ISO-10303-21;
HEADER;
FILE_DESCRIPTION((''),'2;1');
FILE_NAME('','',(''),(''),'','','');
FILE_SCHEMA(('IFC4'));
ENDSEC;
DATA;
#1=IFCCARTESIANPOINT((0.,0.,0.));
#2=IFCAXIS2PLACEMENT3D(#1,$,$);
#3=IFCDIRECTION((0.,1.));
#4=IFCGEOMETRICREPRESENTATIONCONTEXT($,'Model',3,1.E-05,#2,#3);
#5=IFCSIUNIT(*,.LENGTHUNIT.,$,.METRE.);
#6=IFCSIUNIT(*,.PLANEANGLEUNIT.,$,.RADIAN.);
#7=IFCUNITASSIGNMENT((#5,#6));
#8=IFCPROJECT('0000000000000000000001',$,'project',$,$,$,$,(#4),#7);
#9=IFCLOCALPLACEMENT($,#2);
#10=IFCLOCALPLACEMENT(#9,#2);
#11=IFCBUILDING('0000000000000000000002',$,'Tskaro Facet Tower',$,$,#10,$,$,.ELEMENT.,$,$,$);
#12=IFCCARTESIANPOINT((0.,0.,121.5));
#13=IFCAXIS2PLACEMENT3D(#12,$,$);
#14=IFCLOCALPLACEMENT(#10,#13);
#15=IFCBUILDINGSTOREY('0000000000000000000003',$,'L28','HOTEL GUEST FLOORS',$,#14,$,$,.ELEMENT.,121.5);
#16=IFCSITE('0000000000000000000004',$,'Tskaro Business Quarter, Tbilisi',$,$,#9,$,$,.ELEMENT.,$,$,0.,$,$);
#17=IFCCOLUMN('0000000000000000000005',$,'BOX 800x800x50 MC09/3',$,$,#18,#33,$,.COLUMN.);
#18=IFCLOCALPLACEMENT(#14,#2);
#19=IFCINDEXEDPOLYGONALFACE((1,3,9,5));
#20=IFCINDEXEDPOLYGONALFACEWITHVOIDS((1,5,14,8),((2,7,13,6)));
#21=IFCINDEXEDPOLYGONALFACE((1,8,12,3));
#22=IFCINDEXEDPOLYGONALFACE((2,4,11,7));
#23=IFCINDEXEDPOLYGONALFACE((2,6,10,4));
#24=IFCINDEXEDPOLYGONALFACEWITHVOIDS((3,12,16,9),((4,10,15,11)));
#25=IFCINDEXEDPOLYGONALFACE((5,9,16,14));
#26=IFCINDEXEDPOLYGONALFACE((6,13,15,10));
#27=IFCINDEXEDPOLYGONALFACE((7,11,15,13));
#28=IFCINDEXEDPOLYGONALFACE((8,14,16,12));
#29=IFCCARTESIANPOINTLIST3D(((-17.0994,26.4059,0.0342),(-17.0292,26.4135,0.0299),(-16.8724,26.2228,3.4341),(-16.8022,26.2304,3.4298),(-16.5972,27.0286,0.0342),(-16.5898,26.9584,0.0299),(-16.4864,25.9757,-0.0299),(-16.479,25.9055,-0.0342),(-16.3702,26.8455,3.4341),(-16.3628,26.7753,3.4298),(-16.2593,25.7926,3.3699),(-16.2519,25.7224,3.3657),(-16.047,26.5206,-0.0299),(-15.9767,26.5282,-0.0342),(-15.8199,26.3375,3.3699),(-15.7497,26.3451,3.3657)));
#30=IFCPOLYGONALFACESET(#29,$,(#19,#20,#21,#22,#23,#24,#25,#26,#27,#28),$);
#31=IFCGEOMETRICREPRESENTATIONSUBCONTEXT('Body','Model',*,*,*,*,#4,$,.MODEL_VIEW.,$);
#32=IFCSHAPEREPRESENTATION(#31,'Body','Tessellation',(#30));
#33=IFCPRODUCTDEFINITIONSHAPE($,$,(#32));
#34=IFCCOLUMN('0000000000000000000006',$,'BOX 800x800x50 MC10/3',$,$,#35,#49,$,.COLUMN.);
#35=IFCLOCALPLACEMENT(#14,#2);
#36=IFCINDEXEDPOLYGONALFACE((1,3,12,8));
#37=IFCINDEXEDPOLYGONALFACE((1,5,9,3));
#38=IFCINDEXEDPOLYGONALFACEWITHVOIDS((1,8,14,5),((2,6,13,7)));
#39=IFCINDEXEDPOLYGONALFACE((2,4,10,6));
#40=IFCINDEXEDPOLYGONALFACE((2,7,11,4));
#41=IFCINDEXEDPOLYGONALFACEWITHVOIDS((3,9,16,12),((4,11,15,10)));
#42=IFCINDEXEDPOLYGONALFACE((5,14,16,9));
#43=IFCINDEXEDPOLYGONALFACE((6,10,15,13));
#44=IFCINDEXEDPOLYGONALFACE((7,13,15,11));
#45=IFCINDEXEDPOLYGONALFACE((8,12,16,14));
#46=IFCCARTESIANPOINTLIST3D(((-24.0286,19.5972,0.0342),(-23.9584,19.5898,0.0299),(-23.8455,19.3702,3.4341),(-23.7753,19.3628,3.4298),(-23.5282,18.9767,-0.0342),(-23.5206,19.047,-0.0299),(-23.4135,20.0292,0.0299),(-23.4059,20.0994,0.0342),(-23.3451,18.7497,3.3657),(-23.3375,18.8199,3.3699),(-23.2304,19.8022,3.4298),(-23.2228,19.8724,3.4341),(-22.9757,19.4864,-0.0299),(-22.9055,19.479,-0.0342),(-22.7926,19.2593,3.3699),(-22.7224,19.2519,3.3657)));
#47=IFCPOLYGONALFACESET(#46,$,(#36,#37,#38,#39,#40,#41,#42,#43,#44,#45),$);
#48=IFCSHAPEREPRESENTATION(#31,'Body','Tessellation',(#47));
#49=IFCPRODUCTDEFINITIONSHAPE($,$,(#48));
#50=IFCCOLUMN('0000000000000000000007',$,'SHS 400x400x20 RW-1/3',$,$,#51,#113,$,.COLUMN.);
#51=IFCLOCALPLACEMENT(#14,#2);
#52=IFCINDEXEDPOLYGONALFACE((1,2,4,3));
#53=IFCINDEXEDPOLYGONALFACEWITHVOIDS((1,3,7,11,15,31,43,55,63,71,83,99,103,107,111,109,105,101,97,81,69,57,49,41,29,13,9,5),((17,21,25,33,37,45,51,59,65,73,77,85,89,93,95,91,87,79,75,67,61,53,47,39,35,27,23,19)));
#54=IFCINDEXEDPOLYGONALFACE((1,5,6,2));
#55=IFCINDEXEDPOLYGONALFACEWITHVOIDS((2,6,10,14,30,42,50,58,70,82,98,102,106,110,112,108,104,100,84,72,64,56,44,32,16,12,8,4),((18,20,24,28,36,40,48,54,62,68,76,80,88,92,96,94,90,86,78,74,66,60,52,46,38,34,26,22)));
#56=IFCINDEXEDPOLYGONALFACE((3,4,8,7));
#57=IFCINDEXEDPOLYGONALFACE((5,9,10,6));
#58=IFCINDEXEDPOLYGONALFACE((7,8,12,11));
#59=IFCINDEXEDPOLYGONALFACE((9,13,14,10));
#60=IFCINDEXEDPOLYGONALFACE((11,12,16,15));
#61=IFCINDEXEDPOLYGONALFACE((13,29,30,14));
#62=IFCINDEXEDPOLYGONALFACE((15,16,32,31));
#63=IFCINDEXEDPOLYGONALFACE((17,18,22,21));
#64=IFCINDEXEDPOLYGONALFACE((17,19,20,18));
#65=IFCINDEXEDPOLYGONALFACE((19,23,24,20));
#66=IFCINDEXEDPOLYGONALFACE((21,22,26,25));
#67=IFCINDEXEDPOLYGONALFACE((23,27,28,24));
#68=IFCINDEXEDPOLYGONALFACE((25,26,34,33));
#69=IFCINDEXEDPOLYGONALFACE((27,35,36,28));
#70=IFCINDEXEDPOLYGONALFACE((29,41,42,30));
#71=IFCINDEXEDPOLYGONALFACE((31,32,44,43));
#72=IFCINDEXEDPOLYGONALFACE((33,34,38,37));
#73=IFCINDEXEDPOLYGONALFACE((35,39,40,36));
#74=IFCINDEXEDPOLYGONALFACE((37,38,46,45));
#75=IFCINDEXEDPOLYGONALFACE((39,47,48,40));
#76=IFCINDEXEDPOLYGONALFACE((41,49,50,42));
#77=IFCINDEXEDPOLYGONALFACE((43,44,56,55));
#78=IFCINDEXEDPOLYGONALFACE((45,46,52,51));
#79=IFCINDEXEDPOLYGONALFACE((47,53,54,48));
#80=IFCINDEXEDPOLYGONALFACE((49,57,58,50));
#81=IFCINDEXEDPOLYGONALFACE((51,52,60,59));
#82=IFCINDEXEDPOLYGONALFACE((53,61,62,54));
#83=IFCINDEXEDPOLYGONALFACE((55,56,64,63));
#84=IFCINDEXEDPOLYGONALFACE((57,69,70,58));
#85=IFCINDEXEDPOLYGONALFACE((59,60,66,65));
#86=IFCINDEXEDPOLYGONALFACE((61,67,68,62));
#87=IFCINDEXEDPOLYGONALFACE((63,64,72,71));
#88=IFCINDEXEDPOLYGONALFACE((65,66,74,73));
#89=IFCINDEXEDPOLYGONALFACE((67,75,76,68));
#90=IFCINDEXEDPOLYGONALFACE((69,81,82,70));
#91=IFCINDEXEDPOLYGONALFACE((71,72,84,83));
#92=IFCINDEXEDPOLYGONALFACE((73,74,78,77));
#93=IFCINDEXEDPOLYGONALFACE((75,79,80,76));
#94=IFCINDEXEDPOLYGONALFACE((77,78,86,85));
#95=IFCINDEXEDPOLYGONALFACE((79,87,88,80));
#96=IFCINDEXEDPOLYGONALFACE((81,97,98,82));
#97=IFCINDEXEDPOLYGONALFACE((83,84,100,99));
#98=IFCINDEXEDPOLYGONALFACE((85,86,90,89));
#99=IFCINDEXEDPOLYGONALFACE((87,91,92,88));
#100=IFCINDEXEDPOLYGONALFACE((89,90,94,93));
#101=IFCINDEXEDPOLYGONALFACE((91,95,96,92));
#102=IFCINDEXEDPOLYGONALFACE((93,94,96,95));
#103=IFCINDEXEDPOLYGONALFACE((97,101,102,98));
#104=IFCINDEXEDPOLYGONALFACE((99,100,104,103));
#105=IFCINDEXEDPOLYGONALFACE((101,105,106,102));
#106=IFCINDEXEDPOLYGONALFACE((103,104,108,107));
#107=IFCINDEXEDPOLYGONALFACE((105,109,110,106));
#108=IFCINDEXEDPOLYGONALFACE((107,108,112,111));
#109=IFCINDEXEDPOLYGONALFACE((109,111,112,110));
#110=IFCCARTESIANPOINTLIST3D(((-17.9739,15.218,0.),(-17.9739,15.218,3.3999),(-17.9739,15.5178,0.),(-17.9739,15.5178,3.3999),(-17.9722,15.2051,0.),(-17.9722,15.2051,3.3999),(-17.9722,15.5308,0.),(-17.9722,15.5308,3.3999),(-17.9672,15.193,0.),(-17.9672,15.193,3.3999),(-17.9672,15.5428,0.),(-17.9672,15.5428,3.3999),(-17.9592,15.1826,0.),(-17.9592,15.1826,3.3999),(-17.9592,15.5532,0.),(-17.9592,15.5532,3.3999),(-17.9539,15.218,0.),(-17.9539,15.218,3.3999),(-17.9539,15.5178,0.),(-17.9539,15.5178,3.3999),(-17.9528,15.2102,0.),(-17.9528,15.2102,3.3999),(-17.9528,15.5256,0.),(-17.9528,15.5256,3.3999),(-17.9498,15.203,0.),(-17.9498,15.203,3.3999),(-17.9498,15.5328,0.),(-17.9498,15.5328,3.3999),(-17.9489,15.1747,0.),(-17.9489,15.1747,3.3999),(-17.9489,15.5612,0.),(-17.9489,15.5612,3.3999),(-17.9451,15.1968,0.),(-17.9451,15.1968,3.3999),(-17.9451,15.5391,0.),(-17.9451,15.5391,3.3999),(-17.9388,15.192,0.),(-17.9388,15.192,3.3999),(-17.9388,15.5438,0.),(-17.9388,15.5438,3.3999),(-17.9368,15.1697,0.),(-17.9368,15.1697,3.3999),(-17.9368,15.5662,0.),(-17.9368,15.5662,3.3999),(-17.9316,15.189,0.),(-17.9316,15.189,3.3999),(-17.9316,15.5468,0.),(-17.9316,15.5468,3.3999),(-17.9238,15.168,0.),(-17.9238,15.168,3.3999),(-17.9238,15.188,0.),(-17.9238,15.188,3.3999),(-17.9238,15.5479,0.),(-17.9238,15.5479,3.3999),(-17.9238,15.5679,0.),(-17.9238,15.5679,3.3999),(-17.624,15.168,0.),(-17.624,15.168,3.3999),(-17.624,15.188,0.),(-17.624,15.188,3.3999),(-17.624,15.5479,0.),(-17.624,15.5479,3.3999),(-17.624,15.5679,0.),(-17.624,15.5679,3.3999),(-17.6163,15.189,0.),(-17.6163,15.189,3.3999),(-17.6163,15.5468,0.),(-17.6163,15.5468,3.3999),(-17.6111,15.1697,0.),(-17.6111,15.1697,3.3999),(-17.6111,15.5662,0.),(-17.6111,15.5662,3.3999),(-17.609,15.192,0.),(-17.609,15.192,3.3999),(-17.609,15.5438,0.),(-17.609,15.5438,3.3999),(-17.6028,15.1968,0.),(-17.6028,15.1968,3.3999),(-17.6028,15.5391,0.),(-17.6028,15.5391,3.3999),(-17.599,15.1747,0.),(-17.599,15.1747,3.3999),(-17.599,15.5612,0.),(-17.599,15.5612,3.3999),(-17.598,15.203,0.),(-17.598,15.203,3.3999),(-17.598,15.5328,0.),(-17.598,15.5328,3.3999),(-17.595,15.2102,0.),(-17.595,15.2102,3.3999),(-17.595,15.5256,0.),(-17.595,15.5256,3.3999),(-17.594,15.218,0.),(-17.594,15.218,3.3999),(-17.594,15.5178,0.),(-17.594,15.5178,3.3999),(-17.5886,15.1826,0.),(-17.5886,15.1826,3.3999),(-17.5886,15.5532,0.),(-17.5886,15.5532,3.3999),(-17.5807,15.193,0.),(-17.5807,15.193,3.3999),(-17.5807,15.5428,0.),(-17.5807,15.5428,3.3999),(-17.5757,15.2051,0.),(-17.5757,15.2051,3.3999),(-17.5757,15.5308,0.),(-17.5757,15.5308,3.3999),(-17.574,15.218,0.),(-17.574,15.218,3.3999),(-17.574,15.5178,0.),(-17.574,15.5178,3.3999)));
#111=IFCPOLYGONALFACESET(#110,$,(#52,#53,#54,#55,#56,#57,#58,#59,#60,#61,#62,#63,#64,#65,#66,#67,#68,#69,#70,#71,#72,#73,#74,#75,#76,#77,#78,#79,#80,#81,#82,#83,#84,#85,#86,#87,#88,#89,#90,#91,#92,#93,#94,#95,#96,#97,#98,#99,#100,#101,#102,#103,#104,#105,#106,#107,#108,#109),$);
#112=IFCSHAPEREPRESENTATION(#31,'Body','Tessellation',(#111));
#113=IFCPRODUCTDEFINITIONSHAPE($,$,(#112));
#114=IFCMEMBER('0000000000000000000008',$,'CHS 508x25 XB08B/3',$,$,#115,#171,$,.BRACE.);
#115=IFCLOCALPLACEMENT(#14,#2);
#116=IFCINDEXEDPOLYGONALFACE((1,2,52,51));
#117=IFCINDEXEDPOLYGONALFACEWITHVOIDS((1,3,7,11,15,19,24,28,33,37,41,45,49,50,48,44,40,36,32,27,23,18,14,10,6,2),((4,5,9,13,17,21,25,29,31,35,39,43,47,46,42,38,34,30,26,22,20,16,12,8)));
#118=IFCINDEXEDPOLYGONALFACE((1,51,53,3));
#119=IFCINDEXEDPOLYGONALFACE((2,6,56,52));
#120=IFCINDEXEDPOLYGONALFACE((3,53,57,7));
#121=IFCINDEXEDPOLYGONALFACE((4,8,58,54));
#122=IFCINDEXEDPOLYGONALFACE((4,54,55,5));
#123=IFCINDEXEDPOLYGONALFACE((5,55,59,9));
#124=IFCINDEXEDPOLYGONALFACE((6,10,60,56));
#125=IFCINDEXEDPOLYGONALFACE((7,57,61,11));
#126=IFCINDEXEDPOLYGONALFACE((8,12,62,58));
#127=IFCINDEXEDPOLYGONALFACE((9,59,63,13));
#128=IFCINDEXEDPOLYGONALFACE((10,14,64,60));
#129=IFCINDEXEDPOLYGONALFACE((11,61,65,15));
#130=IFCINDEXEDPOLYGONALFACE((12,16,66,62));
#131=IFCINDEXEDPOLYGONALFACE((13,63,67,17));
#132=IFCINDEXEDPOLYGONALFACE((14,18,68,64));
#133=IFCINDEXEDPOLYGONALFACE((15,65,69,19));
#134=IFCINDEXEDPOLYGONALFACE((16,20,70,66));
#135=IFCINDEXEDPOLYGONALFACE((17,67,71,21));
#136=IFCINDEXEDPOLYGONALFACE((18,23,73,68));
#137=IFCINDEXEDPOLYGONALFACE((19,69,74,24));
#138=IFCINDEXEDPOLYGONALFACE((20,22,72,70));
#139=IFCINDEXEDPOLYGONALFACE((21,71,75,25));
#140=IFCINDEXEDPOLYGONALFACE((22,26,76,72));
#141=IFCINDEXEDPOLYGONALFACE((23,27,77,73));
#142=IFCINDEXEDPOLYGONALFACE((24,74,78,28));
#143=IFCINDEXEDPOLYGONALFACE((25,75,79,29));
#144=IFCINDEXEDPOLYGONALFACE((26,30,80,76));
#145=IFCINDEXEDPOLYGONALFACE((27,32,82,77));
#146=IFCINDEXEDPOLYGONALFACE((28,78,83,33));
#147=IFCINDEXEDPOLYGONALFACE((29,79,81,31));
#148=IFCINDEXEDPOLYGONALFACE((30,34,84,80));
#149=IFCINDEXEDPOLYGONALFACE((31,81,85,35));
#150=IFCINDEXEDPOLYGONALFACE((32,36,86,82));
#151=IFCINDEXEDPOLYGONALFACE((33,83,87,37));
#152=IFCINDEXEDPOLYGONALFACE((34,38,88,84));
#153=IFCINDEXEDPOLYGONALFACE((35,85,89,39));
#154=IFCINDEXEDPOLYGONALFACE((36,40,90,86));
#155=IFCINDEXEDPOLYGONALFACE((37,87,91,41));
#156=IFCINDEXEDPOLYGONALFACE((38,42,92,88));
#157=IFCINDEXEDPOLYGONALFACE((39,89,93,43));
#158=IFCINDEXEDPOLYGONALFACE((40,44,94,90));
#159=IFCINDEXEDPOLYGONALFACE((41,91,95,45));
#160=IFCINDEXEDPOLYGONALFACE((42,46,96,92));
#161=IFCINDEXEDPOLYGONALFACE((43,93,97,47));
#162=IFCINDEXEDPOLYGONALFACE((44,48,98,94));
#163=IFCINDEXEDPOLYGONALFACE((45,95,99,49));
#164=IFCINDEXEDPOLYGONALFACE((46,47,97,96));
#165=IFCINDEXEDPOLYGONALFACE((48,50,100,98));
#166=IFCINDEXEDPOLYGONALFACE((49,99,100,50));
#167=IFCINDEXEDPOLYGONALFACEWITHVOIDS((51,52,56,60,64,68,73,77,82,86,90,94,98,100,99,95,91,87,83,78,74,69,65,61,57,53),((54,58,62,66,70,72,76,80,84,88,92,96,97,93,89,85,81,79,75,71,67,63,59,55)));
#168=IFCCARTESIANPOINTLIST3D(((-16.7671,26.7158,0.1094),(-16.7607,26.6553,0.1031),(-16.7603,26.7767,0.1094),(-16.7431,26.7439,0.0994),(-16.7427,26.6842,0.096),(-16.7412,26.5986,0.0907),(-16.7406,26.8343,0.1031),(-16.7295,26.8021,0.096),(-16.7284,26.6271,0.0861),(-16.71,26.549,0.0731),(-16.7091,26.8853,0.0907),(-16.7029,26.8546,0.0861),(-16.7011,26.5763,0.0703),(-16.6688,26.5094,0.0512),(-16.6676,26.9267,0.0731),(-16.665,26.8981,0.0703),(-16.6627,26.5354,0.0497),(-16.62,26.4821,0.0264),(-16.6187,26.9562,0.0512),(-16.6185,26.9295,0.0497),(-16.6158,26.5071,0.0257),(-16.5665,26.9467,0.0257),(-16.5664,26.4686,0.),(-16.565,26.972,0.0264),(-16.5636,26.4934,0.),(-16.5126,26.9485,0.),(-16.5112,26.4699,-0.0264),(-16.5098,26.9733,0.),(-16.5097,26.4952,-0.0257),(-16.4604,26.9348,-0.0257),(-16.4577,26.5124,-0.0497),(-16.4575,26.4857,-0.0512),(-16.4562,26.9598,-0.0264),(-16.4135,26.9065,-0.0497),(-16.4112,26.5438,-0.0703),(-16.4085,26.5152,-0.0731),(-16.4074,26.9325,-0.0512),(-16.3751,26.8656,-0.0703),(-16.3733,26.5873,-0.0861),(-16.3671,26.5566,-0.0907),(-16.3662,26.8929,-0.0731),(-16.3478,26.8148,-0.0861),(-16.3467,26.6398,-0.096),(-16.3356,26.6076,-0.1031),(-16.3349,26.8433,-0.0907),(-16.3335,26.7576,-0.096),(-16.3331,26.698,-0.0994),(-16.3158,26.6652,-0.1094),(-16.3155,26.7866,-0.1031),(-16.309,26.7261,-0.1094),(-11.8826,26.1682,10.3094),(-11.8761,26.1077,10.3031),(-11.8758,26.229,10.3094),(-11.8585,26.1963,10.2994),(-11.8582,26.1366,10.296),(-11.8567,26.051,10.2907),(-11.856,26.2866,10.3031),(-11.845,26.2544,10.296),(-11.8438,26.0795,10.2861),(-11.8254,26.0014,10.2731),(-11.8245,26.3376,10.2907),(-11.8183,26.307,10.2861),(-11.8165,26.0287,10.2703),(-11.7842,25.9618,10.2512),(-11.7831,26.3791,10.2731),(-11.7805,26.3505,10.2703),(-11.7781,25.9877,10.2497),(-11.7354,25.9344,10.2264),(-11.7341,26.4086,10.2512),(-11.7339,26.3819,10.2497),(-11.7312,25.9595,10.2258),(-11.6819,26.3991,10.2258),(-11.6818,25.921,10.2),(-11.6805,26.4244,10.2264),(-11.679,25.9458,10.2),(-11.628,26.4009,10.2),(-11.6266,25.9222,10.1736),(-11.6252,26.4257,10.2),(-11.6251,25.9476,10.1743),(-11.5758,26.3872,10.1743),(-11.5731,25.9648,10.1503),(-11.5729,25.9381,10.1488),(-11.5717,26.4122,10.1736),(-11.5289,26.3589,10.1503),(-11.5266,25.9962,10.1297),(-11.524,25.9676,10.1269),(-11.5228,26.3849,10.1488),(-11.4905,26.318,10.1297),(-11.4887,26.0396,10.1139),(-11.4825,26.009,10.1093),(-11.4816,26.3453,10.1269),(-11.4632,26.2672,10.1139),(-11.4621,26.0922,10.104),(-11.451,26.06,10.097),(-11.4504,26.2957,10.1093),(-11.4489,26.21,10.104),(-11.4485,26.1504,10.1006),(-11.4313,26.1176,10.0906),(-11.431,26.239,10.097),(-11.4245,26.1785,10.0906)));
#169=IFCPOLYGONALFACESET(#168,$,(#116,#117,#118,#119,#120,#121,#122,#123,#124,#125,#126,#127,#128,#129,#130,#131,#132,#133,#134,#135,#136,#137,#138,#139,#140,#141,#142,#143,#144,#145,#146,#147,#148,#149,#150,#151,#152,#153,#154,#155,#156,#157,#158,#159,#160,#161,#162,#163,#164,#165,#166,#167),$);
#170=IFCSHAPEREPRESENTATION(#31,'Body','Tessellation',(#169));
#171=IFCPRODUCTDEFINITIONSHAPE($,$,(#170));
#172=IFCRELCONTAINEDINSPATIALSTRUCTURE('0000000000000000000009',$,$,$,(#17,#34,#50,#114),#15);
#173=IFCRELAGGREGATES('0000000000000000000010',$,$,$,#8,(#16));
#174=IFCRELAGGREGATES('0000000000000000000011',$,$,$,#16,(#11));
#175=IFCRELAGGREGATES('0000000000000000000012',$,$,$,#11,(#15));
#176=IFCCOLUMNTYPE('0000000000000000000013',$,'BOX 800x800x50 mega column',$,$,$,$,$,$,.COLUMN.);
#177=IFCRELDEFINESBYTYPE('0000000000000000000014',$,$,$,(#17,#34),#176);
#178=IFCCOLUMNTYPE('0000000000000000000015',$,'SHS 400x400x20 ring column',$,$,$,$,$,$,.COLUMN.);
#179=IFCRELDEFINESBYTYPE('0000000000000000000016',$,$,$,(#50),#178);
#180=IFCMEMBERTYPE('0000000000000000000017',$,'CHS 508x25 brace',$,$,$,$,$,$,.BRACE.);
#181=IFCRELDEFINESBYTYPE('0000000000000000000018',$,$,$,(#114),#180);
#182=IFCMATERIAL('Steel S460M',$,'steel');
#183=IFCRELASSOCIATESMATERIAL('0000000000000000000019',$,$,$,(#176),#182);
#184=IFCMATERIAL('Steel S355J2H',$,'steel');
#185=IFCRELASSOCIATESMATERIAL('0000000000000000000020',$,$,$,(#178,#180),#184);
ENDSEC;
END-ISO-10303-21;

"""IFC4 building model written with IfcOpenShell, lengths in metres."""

from ifc_helpers import new_model, si_unit, direction, frame, origin, origin_2d, place, context, subcontext, project, spatial, hollow_rectangle, hollow_circle, extrude, material, material_profile, profile_set, type_object, element, save


model = new_model("IFC4")

# Units and contexts
model_context = context("Model", 3, precision=1e-05, world=origin(), true_north=direction((0.0, 1.0)))
body_context = subcontext(model_context, "Body", "Model", "MODEL_VIEW")
ifc_project = project(units=[si_unit("LENGTHUNIT", "METRE"), si_unit("PLANEANGLEUNIT", "RADIAN")], contexts=[model_context])

# Site, building, storey
site_placement = place(None, origin())
site = spatial("IfcSite", under=ifc_project, at=site_placement, Name="Tskaro Business Quarter, Tbilisi", CompositionType="ELEMENT", RefElevation=0.0)
building_placement = place(site_placement, origin())
building = spatial("IfcBuilding", under=site, at=building_placement, Name="Tskaro Facet Tower", CompositionType="ELEMENT")
storey_placement = place(building_placement, frame((0.0, 0.0, 121.5)))
storey = spatial("IfcBuildingStorey", under=building, at=storey_placement, Name="L28", Description="HOTEL GUEST FLOORS", CompositionType="ELEMENT", Elevation=121.5)

# Columns
ifc_material_1 = material(Name="Steel S460M", Category="steel")
ifc_material_profile_1 = material_profile(ifc_material_1, hollow_rectangle(XDim=0.8, YDim=0.8, WallThickness=0.05, at=origin_2d()), Name="BOX 800x800x50")
ifc_profile_set_1 = profile_set([ifc_material_profile_1], Name="Steel S460M")
column_type_1 = type_object("IfcColumnType", Name="BOX 800x800x50 mega column", PredefinedType="COLUMN", material=ifc_profile_set_1)
for number, where, z_axis, x_axis, name in (
    (1, (-16.5381, 26.467, 0.0), (0.066537, -0.053659, 0.99634), (0.627752, 0.778413, 0.0), "BOX 800x800x50 MC09/3"),
    (2, (-23.467, 19.5381, 0.0), (0.053659, -0.066537, 0.99634), (0.778413, 0.627752, 0.0), "BOX 800x800x50 MC10/3"),
):
    element("IfcColumn", number, at=place(storey_placement, frame(where, z_axis=z_axis, x_axis=x_axis)), inside=storey, type_object=column_type_1, Name=name, PredefinedType="COLUMN", context=body_context, shape_type="SweptSolid", body=[
        extrude(hollow_rectangle(XDim=0.8, YDim=0.8, WallThickness=0.05, at=origin_2d()), origin(), (0.0, 0.0, 1.0), 3.4124),
    ])
ifc_material_2 = material(Name="Steel S355J2H", Category="steel")
ifc_material_profile_2 = material_profile(ifc_material_2, hollow_rectangle(XDim=0.3999, YDim=0.3999, WallThickness=0.02, InnerFilletRadius=0.03, OuterFilletRadius=0.05, at=origin_2d()), Name="SHS 400x400x20")
ifc_profile_set_2 = profile_set([ifc_material_profile_2], Name="Steel S355J2H")
column_type_2 = type_object("IfcColumnType", Name="SHS 400x400x20 ring column", PredefinedType="COLUMN", material=ifc_profile_set_2)
column_placement = place(storey_placement, frame((-17.7739, 15.3679, 0.0), z_axis=(0.0, 0.0, 1.0), x_axis=(1.0, 0.0, 0.0)))
element("IfcColumn", 3, at=column_placement, inside=storey, type_object=column_type_2, Name="SHS 400x400x20 RW-1/3", PredefinedType="COLUMN", context=body_context, shape_type="SweptSolid", body=[
    extrude(hollow_rectangle(XDim=0.3999, YDim=0.3999, WallThickness=0.02, InnerFilletRadius=0.03, OuterFilletRadius=0.05, at=origin_2d()), origin(), (0.0, 0.0, 1.0), 3.3999),
])

# Member
ifc_material_profile_3 = material_profile(ifc_material_2, hollow_circle(Radius=0.2539, WallThickness=0.0249, at=origin_2d()), Name="CHS 508x25")
ifc_profile_set_3 = profile_set([ifc_material_profile_3], Name="Steel S355J2H")
member_type_1 = type_object("IfcMemberType", Name="CHS 508x25 brace", PredefinedType="BRACE", material=ifc_profile_set_3)
member_1_placement = place(storey_placement, frame((-16.5381, 26.7209, 0.0), z_axis=(0.431402, -0.048365, 0.900862), x_axis=(0.111413, 0.993774, 0.0)))
element("IfcMember", 4, at=member_1_placement, inside=storey, type_object=member_type_1, Name="CHS 508x25 XB08B/3", PredefinedType="BRACE", context=body_context, shape_type="SweptSolid", body=[
    extrude(hollow_circle(Radius=0.2539, WallThickness=0.0249, at=origin_2d()), origin(), (0.0, 0.0, 1.0), 11.3225),
])

save(model, "model.ifc")
